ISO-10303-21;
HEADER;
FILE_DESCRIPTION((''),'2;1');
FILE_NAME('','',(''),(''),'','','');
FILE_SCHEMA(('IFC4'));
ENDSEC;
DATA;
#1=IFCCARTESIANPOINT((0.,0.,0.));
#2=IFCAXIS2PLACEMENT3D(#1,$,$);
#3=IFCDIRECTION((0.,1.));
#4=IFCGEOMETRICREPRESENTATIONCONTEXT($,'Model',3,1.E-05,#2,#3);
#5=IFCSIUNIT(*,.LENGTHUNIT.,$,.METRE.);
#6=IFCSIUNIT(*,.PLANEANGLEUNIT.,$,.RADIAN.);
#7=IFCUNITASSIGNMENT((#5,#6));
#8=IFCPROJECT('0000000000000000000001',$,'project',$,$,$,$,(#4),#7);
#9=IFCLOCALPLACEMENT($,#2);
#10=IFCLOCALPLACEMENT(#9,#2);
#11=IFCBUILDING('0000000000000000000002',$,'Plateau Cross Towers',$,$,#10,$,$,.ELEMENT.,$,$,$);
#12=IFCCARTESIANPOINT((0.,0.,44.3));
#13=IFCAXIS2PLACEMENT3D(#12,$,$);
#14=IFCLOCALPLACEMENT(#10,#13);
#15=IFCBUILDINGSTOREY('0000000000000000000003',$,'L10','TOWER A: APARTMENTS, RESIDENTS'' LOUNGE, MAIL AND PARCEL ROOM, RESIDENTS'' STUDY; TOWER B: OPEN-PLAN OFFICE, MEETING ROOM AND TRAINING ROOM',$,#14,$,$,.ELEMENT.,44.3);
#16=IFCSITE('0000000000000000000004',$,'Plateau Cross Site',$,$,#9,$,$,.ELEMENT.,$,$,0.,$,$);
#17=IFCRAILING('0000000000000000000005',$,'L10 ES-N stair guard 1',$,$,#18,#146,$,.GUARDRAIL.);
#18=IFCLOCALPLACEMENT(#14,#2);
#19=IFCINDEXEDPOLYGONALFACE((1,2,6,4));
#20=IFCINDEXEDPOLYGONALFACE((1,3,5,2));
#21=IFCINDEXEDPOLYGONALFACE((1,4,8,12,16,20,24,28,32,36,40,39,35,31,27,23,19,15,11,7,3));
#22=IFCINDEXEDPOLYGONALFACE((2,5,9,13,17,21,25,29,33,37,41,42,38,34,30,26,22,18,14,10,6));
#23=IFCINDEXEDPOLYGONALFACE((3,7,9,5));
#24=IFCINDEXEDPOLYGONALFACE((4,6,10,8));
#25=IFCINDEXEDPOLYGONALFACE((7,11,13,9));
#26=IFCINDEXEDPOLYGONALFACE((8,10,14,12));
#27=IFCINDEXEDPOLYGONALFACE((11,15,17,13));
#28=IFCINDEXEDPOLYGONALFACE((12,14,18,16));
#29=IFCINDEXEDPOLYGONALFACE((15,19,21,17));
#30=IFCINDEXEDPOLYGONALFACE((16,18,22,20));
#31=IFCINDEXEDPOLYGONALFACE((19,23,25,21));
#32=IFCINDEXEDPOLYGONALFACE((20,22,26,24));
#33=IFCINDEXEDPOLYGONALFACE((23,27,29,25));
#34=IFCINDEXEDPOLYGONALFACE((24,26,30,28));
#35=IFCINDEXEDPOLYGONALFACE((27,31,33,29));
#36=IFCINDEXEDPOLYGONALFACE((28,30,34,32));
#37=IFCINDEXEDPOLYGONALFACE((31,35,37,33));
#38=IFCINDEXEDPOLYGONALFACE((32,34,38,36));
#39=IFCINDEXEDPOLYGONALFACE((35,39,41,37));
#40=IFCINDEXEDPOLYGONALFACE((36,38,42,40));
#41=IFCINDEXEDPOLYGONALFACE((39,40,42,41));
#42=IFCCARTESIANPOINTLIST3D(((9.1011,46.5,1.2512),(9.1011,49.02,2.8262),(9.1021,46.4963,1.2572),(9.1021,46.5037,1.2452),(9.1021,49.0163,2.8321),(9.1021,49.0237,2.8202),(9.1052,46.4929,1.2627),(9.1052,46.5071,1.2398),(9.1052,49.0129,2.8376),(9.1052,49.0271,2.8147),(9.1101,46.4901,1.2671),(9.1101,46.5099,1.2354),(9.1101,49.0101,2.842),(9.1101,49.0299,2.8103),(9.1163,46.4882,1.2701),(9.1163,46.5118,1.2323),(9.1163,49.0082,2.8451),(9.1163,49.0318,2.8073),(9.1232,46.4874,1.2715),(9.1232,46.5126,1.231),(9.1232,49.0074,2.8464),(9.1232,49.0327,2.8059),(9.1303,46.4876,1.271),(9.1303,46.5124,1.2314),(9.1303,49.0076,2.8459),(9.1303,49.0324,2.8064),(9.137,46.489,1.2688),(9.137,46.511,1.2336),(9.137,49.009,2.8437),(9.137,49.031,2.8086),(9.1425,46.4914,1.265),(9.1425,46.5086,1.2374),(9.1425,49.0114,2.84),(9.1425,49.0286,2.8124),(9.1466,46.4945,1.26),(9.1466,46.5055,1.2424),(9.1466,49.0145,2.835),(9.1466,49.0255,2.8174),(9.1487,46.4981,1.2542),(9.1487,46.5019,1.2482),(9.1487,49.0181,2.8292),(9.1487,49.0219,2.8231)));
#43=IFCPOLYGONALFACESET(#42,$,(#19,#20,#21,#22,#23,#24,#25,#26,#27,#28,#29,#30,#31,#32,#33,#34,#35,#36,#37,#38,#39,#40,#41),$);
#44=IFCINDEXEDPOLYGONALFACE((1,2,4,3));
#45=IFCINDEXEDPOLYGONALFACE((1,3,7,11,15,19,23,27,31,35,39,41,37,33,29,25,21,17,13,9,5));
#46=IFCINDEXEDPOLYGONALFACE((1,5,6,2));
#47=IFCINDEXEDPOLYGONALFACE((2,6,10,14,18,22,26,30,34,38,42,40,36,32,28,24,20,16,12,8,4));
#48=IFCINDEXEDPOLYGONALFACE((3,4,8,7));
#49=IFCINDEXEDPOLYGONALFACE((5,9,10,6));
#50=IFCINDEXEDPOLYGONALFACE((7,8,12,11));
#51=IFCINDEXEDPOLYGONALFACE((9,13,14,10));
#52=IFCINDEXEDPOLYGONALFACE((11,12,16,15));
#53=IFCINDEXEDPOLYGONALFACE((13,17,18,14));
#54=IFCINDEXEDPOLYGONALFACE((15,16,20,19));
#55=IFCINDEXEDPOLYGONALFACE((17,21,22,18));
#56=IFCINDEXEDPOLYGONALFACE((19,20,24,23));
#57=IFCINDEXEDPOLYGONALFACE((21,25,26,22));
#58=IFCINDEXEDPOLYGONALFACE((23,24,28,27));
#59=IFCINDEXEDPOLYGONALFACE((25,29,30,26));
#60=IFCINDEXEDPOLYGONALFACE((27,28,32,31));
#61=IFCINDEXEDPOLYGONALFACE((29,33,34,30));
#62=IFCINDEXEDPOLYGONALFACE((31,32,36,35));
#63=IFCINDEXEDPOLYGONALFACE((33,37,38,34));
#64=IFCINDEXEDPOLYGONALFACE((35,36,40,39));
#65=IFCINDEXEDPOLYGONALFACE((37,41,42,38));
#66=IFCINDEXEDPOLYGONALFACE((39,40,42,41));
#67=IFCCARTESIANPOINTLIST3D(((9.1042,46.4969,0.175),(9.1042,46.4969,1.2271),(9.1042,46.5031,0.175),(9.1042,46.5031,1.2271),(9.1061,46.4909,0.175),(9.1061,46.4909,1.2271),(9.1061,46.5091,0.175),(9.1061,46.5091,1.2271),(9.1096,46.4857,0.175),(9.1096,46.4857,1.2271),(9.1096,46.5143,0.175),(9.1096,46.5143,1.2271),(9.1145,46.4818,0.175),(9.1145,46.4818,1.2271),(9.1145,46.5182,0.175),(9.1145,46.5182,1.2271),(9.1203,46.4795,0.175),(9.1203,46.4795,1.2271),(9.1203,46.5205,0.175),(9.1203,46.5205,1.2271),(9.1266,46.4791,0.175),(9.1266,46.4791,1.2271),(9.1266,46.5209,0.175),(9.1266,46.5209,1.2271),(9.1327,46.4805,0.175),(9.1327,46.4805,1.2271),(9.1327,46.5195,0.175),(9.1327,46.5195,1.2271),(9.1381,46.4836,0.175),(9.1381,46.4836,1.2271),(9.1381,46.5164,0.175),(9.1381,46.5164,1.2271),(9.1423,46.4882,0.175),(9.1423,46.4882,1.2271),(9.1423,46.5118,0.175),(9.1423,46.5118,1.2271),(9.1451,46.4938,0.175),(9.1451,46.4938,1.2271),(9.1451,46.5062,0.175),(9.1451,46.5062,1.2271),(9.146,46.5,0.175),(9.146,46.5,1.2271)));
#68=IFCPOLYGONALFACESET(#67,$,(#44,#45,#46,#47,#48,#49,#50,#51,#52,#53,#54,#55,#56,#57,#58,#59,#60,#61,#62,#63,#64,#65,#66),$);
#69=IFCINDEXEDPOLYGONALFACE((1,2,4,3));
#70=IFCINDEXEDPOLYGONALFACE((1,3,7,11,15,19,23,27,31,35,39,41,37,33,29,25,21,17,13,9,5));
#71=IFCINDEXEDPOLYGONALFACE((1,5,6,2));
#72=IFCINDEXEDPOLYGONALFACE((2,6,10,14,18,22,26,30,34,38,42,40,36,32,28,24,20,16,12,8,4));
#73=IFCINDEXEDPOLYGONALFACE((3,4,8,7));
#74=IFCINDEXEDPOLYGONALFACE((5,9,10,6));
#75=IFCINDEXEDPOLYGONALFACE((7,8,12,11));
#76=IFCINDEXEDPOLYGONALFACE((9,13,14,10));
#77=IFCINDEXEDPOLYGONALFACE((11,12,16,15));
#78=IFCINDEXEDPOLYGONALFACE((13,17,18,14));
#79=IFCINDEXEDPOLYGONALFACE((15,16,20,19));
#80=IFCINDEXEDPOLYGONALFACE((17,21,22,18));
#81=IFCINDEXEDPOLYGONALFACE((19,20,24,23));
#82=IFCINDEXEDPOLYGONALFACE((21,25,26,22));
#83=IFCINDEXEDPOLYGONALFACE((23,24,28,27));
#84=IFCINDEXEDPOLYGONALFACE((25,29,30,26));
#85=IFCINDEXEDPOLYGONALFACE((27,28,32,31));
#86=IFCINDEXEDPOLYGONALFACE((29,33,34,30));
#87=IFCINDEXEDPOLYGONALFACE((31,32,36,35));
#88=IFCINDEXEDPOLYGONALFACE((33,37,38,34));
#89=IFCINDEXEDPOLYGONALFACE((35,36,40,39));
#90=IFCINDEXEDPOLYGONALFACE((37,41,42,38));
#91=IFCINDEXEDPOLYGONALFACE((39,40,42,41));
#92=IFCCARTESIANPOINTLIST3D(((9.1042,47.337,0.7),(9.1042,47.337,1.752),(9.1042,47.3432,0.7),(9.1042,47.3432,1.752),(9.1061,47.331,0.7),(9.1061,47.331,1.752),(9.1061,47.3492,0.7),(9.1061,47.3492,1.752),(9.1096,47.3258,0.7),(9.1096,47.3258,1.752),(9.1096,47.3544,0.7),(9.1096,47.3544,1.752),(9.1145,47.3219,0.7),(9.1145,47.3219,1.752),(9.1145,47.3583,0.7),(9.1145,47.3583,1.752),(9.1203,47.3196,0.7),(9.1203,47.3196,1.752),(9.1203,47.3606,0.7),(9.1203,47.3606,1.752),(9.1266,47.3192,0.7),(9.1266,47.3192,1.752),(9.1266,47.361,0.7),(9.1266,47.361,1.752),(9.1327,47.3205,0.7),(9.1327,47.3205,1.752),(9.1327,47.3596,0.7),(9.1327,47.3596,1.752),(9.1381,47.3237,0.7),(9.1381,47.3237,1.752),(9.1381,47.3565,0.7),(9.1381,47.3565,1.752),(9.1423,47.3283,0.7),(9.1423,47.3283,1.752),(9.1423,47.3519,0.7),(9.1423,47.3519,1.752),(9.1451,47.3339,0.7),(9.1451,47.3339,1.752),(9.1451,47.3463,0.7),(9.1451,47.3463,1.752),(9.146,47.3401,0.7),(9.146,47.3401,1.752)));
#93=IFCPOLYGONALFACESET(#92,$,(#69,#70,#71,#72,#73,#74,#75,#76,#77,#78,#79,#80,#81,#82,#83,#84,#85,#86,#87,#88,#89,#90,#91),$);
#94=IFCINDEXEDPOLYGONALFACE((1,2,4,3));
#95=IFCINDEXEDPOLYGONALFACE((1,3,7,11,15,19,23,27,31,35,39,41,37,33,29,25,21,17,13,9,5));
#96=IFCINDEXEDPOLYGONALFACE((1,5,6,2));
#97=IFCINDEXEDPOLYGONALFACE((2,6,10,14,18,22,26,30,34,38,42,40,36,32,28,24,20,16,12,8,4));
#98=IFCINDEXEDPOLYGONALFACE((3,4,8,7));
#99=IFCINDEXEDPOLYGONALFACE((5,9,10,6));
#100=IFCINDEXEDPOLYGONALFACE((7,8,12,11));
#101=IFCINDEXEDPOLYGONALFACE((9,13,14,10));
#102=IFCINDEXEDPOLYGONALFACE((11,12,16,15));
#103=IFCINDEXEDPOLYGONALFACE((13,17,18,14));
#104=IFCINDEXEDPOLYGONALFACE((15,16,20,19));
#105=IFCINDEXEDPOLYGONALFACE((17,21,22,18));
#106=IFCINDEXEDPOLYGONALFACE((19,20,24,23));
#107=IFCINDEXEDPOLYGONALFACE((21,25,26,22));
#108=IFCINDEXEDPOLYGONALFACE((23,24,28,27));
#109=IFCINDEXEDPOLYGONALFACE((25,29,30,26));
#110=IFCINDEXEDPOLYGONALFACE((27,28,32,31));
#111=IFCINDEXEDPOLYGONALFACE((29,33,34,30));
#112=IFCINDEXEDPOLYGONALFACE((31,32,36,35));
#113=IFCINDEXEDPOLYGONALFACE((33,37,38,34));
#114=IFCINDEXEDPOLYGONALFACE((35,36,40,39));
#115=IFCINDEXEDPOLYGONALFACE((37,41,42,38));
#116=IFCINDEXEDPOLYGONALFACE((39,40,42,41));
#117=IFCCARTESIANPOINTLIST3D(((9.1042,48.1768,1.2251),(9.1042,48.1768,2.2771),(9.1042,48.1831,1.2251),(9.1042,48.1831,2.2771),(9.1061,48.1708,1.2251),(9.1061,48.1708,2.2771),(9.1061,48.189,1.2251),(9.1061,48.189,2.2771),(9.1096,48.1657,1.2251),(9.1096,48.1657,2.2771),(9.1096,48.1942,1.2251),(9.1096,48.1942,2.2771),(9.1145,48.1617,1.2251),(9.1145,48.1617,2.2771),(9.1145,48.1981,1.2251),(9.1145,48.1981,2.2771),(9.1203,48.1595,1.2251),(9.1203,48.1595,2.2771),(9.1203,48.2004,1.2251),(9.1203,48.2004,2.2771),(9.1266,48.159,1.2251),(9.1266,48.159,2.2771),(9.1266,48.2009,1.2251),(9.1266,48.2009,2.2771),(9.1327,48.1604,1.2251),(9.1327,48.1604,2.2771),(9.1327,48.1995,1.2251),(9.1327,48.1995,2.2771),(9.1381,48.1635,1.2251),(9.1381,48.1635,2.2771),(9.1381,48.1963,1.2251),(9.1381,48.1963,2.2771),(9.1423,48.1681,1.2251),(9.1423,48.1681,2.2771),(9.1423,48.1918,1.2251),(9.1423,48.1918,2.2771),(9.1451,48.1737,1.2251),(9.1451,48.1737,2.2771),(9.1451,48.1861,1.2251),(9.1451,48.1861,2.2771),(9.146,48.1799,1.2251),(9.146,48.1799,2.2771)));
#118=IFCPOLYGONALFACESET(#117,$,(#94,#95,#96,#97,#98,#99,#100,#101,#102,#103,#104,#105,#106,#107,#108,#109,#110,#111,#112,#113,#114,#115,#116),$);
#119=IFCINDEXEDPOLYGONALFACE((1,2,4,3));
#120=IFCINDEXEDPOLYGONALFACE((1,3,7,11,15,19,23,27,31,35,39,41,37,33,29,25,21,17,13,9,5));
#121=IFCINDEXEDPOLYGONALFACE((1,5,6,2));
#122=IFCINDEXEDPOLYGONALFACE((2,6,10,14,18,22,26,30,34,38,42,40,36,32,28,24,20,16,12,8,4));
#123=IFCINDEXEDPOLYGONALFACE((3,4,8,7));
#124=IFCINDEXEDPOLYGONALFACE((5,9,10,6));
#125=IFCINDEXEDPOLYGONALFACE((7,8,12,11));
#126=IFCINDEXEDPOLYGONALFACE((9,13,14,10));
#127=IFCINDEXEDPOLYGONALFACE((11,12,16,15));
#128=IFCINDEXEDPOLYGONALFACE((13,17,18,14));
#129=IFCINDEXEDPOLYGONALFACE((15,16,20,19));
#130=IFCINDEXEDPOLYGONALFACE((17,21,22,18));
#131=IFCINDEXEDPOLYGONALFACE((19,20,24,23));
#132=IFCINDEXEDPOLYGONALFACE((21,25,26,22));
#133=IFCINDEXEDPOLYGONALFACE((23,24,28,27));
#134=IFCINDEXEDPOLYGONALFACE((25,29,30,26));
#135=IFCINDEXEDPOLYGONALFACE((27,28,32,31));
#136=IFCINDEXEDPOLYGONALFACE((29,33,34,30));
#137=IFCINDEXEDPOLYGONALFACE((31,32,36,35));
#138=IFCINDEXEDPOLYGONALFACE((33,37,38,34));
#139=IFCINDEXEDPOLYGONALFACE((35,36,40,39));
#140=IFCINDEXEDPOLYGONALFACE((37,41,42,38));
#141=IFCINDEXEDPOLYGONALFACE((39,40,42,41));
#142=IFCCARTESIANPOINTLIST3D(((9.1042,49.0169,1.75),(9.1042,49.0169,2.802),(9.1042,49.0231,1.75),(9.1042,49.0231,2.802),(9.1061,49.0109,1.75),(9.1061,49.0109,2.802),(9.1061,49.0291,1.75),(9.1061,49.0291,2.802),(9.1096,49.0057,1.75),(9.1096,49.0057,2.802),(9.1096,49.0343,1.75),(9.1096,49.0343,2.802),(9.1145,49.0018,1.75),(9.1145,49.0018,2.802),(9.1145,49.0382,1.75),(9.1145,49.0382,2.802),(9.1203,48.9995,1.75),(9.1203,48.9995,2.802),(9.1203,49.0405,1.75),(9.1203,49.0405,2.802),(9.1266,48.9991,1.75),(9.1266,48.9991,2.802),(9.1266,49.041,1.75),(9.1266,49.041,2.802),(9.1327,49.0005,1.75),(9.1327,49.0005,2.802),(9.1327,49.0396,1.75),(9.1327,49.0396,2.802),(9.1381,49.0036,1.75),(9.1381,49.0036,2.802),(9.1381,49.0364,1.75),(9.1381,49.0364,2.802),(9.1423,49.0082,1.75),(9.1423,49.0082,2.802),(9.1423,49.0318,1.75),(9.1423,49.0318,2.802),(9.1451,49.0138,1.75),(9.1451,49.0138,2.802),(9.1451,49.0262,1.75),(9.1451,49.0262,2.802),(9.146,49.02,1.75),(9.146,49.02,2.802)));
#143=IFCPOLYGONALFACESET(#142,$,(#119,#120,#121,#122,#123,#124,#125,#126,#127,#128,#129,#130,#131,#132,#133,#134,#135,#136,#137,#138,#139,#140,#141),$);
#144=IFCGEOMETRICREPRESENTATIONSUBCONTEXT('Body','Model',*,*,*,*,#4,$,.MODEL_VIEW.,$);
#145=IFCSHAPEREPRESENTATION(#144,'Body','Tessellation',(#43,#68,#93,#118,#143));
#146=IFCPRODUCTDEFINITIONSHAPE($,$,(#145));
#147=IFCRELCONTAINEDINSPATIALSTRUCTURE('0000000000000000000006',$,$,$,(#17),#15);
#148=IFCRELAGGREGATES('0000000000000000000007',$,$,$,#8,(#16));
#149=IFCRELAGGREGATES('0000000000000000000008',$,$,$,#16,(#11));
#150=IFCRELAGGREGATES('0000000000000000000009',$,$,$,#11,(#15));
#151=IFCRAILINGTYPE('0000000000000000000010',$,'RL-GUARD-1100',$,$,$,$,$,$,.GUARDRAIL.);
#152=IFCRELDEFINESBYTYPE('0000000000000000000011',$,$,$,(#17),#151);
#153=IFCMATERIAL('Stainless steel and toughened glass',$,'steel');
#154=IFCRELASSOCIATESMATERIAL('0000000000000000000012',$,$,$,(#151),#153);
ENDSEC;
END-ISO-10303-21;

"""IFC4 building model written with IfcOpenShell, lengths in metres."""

from ifc_helpers import new_model, si_unit, direction, frame, origin, origin_2d, place, context, subcontext, project, spatial, circle, extrude, material, type_object, element, save


model = new_model("IFC4")

# Units and contexts
model_context = context("Model", 3, precision=1e-05, world=origin(), true_north=direction((0.0, 1.0)))
body_context = subcontext(model_context, "Body", "Model", "MODEL_VIEW")
ifc_project = project(units=[si_unit("LENGTHUNIT", "METRE"), si_unit("PLANEANGLEUNIT", "RADIAN")], contexts=[model_context])

# Site, building, storey
site_placement = place(None, origin())
site = spatial("IfcSite", under=ifc_project, at=site_placement, Name="Plateau Cross Site", CompositionType="ELEMENT", RefElevation=0.0)
building_placement = place(site_placement, origin())
building = spatial("IfcBuilding", under=site, at=building_placement, Name="Plateau Cross Towers", CompositionType="ELEMENT")
storey_placement = place(building_placement, frame((0.0, 0.0, 44.3)))
storey = spatial("IfcBuildingStorey", under=building, at=storey_placement, Name="L10", Description="TOWER A: APARTMENTS, RESIDENTS' LOUNGE, MAIL AND PARCEL ROOM, RESIDENTS' STUDY; TOWER B: OPEN-PLAN OFFICE, MEETING ROOM AND TRAINING ROOM", CompositionType="ELEMENT", Elevation=44.3)

# Railing
ifc_material_1 = material(Name="Stainless steel and toughened glass", Category="steel")
railing_type_1 = type_object("IfcRailingType", Name="RL-GUARD-1100", PredefinedType="GUARDRAIL", material=ifc_material_1)
railing_1_placement = place(storey_placement, frame((9.125, 46.5, 0.175)))
element("IfcRailing", 1, at=railing_1_placement, inside=storey, type_object=railing_type_1, Name="L10 ES-N stair guard 1", PredefinedType="GUARDRAIL", context=body_context, shape_type="SweptSolid", body=[
    extrude(circle(Radius=0.0239, at=origin_2d()), frame((0.0, 0.0, 1.0762), z_axis=(0.0, 0.848008, 0.529984), x_axis=(-1.0, 0.0, 0.0)), (0.0, 0.0, 1.0), 2.9717),
    extrude(circle(Radius=0.021, at=origin_2d()), origin(), (0.0, 0.0, 1.0), 1.052),
    extrude(circle(Radius=0.021, at=origin_2d()), frame((0.0, 0.8401, 0.5249)), (0.0, 0.0, 1.0), 1.052),
    extrude(circle(Radius=0.021, at=origin_2d()), frame((0.0, 1.6799, 1.05)), (0.0, 0.0, 1.0), 1.052),
    extrude(circle(Radius=0.021, at=origin_2d()), frame((0.0, 2.52, 1.575)), (0.0, 0.0, 1.0), 1.052),
])

save(model, "model.ifc")
